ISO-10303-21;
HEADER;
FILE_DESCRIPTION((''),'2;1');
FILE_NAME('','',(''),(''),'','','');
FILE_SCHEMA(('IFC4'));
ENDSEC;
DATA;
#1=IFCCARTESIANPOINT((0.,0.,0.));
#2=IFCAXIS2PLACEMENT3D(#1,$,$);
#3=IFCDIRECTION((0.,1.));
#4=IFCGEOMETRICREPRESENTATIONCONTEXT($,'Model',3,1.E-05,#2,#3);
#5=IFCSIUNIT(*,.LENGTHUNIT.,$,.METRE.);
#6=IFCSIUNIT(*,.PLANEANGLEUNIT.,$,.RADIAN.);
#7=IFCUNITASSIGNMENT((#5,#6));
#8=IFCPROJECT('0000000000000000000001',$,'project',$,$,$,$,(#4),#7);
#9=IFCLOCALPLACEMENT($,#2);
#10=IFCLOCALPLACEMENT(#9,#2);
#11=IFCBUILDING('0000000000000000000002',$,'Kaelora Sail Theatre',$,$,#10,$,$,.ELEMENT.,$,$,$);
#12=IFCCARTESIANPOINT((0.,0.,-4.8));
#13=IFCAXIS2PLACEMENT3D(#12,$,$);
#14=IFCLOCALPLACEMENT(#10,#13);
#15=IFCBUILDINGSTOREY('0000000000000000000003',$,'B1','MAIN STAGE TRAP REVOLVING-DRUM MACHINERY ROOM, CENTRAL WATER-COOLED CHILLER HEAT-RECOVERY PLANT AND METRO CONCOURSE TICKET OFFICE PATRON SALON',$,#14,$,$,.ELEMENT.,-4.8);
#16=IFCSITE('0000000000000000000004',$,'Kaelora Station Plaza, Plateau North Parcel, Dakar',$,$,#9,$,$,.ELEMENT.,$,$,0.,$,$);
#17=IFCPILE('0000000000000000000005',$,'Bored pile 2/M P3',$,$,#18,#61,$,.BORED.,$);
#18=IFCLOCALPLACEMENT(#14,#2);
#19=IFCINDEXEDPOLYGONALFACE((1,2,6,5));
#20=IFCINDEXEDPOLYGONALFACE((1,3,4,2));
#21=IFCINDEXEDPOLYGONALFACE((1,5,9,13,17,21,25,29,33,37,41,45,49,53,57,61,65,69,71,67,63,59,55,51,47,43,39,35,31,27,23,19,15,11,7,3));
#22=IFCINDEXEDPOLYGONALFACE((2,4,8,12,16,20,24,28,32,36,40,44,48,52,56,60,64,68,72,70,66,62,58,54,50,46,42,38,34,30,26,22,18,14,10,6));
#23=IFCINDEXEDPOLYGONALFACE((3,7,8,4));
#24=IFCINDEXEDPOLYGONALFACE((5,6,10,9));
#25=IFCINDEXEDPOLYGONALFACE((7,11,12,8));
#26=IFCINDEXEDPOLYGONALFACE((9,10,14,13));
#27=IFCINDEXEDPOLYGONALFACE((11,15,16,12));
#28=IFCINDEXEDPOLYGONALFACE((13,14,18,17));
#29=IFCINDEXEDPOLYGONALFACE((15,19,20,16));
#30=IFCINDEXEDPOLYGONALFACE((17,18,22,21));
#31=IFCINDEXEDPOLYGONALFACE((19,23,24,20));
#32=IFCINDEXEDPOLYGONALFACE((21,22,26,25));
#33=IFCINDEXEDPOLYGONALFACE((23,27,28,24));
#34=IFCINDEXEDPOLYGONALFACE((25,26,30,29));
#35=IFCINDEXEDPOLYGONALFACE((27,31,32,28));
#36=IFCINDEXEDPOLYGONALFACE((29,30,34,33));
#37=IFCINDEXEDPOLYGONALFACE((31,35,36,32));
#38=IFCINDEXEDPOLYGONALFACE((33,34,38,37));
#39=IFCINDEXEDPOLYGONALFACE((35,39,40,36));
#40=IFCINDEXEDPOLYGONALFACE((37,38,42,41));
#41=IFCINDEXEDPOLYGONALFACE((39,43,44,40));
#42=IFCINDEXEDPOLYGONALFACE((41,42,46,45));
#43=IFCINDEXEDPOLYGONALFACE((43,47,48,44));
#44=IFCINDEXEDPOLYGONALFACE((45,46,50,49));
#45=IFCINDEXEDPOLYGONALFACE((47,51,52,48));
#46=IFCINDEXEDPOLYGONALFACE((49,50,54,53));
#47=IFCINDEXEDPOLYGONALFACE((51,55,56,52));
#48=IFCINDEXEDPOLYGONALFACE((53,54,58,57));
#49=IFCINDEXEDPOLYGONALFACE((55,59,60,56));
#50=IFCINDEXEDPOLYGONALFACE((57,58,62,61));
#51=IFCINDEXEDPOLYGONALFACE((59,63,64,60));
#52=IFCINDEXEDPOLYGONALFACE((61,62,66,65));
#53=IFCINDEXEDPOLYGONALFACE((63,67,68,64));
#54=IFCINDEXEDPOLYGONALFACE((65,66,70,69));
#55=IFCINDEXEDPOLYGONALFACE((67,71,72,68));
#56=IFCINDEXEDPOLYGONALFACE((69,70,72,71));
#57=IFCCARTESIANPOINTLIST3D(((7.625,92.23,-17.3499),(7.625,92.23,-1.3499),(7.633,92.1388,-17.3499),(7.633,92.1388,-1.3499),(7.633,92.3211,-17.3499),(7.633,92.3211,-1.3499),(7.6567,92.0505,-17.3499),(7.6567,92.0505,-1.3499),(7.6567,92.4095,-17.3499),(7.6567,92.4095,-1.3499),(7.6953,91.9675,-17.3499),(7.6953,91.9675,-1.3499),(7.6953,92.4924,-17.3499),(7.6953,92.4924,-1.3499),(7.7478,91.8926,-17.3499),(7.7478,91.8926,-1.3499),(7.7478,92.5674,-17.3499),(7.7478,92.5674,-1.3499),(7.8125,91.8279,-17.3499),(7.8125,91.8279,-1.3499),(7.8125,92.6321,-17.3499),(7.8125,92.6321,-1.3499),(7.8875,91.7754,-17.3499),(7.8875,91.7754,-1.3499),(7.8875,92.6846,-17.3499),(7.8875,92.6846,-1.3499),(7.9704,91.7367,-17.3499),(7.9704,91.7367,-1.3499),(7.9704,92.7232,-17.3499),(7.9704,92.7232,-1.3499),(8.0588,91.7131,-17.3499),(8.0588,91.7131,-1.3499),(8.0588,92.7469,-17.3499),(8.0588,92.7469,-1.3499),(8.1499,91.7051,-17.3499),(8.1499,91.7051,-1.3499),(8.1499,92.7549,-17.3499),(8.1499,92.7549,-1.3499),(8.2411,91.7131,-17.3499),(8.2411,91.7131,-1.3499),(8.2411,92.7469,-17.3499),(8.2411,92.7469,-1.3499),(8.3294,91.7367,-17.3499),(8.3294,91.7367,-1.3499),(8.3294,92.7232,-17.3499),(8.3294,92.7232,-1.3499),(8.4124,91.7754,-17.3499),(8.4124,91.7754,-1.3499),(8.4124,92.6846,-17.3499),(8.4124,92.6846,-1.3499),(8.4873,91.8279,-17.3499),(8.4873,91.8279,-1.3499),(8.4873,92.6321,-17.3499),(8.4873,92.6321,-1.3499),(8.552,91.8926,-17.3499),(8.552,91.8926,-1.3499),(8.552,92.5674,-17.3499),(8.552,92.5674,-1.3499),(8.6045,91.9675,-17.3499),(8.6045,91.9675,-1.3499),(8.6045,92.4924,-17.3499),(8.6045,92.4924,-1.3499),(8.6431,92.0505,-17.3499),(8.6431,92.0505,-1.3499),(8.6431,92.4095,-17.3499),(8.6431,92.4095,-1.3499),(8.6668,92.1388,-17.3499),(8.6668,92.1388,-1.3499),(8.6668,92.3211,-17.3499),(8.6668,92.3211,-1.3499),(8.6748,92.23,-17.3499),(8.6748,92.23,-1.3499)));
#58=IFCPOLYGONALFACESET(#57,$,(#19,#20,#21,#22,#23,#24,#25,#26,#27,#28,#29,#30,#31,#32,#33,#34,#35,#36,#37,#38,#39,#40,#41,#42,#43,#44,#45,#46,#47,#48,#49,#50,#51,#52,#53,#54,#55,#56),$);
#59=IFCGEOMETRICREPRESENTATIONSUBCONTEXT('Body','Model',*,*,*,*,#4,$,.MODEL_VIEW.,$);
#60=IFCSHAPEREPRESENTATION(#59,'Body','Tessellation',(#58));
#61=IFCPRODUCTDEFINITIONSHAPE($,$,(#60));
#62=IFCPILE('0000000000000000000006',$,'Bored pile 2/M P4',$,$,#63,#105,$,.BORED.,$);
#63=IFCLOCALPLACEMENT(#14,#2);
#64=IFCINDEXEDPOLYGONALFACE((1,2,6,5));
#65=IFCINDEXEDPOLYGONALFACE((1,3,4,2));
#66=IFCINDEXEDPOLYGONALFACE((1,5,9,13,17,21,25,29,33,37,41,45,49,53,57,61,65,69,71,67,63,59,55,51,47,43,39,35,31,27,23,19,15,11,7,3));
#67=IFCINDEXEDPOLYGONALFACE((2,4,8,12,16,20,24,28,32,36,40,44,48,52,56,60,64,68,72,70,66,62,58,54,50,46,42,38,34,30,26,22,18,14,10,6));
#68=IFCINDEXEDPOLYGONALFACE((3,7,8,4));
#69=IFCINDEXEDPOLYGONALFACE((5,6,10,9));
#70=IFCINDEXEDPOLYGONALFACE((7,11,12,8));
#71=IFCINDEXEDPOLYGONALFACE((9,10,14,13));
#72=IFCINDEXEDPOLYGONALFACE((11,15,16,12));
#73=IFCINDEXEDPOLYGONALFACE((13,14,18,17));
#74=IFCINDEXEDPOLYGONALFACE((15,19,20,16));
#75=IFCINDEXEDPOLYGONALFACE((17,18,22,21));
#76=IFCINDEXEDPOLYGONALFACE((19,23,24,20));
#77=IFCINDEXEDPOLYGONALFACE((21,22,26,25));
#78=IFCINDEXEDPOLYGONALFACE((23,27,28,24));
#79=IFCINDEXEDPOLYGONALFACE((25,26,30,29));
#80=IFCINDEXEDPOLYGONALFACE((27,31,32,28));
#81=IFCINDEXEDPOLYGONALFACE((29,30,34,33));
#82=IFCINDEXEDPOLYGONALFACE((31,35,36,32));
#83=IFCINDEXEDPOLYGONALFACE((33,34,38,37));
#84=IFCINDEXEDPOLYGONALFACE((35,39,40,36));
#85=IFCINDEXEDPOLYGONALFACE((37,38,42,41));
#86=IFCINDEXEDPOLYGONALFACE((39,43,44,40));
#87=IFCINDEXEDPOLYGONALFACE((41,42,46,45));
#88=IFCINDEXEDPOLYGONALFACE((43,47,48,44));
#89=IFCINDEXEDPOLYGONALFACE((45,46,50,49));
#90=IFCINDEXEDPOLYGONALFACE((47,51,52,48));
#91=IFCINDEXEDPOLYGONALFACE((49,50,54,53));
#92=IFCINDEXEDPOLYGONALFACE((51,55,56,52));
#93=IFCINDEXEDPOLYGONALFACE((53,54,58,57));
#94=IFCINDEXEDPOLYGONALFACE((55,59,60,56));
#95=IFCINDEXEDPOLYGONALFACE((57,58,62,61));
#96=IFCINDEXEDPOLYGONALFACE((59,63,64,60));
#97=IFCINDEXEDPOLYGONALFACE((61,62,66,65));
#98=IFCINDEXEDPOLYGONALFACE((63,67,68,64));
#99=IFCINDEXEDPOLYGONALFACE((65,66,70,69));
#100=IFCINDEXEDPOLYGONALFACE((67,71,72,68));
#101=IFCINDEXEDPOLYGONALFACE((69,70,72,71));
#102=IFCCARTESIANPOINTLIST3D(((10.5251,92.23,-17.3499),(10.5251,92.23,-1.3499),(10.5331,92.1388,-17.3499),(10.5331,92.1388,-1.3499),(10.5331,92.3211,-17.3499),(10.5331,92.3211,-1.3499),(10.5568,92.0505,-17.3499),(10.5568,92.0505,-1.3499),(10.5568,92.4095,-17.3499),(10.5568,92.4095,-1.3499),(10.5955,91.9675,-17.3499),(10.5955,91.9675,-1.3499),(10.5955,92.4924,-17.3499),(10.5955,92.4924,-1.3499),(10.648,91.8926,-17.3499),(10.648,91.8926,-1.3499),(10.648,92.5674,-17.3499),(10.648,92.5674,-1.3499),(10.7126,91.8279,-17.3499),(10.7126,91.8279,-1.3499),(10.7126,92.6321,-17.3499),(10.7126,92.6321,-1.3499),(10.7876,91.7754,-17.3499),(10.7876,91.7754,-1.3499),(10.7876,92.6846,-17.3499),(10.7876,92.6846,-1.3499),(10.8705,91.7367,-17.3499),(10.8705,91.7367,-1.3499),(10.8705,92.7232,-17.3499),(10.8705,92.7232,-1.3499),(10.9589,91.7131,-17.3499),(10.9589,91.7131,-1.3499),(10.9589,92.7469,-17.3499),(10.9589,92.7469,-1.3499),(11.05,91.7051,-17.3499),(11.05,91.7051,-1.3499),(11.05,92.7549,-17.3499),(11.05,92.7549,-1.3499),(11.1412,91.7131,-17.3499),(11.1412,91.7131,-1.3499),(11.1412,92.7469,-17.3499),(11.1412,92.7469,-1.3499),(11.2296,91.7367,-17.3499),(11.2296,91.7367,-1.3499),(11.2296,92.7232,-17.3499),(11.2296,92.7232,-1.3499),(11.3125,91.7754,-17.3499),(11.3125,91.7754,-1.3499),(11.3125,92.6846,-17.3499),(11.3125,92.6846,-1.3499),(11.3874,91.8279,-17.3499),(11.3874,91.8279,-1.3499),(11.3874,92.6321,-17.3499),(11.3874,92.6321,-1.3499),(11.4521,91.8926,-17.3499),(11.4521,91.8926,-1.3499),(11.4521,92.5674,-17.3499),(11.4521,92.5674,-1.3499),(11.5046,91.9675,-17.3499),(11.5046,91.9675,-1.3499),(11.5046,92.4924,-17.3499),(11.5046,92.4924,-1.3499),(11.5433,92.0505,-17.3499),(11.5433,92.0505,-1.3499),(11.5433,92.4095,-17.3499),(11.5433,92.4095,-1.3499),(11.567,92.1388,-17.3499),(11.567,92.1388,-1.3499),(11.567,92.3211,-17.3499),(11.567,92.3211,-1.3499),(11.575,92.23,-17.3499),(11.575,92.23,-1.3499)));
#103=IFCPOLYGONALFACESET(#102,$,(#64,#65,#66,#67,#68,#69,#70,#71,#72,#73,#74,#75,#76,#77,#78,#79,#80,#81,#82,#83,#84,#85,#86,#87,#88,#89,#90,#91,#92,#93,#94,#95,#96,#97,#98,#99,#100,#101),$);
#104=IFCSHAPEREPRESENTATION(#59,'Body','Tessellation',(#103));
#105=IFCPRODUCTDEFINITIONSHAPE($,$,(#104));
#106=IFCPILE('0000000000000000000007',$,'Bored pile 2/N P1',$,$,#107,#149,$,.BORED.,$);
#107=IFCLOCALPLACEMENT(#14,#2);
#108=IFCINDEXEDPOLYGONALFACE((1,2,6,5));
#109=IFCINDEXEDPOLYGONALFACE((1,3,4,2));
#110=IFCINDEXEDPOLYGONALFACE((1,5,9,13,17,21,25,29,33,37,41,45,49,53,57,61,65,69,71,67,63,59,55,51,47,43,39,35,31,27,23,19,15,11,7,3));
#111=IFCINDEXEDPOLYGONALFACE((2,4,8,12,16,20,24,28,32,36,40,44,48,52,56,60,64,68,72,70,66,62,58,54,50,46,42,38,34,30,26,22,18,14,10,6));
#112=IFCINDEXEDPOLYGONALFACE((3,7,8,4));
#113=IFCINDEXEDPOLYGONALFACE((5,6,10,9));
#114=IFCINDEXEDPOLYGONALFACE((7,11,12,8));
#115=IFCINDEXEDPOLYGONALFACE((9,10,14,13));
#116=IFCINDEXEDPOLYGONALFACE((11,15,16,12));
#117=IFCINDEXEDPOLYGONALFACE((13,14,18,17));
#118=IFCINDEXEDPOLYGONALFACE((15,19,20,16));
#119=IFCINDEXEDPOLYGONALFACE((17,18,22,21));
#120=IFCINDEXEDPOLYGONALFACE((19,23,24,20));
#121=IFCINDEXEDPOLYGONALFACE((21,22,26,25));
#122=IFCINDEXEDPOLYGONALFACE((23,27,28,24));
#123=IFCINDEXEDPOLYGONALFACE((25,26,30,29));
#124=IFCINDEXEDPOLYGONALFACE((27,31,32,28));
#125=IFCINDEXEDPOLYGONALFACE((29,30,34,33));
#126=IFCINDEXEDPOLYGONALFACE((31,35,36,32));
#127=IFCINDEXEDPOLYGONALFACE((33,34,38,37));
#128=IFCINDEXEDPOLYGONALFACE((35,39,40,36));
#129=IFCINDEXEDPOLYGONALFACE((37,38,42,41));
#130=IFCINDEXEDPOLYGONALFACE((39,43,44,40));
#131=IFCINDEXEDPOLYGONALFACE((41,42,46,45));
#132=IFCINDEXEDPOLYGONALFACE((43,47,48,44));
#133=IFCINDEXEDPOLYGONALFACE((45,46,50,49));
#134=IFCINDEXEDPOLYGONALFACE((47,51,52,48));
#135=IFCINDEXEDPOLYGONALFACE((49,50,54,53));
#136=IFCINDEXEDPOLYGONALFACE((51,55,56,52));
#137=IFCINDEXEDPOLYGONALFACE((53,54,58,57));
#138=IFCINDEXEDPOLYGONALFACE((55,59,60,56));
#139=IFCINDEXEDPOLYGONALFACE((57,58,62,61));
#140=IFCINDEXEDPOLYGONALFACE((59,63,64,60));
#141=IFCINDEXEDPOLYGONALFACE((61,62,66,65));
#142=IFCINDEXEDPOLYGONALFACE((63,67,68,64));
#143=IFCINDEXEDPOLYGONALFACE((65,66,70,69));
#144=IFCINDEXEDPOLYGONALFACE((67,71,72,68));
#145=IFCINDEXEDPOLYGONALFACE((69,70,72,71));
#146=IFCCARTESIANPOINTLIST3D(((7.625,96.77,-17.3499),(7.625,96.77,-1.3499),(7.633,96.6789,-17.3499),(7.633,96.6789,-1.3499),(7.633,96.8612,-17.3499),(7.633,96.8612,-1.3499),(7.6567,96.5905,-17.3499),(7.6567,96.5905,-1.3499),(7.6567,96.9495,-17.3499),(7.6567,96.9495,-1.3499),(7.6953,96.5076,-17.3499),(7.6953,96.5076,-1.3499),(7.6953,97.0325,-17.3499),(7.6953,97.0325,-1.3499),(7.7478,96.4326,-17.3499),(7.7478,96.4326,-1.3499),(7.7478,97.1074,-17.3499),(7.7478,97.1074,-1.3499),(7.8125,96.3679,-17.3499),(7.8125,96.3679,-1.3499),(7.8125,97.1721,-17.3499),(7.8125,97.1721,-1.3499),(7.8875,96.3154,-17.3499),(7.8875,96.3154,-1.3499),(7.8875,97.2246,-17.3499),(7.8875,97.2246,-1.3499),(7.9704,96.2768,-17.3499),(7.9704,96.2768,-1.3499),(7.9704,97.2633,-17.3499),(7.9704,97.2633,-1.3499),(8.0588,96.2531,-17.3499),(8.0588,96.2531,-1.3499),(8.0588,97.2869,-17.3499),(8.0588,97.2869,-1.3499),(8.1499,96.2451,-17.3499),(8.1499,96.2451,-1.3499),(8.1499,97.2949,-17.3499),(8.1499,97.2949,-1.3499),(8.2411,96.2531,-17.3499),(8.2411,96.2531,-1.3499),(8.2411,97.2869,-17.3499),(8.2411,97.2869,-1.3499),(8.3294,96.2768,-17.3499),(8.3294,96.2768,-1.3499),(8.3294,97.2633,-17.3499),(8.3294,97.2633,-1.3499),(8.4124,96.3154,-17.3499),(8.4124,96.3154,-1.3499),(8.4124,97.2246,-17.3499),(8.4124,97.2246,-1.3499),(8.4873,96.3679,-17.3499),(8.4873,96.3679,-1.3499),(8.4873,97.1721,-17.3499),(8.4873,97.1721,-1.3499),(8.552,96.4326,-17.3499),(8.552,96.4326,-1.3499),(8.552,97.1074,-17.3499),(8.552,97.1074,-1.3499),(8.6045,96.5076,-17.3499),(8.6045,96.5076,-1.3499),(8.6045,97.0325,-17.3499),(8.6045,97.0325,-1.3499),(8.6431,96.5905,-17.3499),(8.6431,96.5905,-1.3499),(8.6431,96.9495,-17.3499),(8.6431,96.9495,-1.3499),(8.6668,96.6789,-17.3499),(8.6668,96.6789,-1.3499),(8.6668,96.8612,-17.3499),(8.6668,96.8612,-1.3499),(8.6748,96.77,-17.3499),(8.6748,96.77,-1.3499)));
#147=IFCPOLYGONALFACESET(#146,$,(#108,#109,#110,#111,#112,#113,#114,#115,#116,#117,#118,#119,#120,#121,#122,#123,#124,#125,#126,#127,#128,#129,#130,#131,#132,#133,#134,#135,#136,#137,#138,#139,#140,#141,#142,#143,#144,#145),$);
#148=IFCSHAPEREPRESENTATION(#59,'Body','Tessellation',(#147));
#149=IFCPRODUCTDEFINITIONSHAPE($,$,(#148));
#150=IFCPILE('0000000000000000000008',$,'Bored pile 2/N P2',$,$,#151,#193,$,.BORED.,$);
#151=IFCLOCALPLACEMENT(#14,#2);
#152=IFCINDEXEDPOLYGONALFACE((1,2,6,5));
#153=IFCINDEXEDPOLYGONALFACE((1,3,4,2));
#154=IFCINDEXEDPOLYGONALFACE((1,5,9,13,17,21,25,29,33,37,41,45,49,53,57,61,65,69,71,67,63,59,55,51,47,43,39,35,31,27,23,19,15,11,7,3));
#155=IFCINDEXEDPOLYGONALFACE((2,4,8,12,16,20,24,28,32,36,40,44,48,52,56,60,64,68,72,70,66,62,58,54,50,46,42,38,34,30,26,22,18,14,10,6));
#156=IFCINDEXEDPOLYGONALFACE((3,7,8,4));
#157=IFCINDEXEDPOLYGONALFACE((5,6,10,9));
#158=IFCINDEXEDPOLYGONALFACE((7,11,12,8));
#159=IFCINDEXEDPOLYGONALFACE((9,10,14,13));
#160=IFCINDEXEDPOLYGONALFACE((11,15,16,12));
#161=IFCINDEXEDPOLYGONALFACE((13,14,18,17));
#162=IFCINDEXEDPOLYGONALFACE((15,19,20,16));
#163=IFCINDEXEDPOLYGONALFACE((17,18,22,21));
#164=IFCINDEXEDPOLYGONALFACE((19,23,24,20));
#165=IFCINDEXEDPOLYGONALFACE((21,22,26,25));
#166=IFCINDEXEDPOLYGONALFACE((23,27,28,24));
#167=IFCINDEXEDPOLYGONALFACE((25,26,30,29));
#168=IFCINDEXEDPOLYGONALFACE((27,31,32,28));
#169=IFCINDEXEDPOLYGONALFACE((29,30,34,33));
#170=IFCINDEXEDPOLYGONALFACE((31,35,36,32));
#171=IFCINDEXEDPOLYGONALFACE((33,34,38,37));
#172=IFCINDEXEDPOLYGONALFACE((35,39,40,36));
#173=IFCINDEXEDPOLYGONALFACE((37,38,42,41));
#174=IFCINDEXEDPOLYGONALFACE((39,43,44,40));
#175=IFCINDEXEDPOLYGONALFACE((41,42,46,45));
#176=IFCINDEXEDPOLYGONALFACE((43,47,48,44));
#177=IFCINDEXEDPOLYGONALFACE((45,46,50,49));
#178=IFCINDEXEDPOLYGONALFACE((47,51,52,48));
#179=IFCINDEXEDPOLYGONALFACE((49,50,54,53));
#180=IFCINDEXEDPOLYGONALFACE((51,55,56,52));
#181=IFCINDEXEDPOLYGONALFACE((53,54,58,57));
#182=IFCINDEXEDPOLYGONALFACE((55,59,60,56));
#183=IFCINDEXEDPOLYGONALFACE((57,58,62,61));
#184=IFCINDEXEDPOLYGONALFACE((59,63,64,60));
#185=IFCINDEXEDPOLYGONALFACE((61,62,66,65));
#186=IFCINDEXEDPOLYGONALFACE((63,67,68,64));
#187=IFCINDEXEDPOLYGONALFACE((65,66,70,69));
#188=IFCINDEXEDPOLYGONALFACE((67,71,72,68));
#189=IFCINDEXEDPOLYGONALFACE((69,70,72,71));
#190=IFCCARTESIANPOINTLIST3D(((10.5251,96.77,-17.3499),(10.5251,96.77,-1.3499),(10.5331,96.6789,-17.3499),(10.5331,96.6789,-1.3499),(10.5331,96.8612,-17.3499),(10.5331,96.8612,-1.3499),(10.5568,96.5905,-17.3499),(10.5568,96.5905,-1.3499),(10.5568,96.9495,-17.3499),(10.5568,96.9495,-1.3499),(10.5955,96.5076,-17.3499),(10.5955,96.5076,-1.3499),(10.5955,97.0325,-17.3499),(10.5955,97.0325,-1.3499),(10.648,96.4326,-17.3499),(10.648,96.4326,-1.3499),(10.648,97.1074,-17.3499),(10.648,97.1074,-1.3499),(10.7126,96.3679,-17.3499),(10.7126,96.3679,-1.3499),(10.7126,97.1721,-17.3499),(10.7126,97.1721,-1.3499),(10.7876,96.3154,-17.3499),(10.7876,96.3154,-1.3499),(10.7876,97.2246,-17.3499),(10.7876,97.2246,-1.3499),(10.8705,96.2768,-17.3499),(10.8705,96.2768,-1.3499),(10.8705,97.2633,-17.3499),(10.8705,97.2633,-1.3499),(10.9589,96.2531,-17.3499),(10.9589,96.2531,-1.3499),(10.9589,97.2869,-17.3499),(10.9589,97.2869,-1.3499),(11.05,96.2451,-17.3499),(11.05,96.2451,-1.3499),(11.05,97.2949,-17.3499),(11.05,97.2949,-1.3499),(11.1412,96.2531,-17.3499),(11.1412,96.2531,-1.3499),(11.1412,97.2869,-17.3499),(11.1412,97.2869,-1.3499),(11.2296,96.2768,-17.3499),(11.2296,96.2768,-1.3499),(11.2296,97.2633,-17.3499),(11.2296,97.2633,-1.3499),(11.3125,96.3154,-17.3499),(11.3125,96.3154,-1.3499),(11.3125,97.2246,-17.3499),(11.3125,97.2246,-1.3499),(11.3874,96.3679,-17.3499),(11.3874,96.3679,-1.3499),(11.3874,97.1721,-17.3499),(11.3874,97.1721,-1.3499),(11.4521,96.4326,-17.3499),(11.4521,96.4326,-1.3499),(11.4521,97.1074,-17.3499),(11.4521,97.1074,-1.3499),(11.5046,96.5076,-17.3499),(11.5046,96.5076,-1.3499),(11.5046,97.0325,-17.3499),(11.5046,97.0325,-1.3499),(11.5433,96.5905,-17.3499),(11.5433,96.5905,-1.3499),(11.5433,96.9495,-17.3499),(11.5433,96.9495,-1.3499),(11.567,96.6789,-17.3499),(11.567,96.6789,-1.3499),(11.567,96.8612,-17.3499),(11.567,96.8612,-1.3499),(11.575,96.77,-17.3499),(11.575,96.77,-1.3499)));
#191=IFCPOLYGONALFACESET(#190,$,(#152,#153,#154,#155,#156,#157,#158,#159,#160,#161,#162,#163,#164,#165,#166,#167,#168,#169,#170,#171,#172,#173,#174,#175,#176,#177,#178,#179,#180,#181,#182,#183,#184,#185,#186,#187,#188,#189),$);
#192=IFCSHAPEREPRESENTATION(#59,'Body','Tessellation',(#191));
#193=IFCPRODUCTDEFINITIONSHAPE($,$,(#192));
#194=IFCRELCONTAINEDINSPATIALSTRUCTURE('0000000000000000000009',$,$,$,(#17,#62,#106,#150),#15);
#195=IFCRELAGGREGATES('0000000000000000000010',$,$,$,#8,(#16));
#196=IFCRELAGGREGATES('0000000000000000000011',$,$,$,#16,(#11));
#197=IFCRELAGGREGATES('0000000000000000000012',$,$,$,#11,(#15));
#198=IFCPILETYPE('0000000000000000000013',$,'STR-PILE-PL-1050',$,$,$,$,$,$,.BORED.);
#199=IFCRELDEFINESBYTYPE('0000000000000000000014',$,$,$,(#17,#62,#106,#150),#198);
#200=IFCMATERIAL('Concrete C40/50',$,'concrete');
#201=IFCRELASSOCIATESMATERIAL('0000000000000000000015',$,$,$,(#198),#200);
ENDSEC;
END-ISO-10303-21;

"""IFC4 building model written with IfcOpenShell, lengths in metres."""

from ifc_helpers import new_model, si_unit, direction, frame, origin, origin_2d, place, context, subcontext, project, spatial, circle, extrude, material, material_profile, profile_set, type_object, element, save


model = new_model("IFC4")

# Units and contexts
model_context = context("Model", 3, precision=1e-05, world=origin(), true_north=direction((0.0, 1.0)))
body_context = subcontext(model_context, "Body", "Model", "MODEL_VIEW")
ifc_project = project(units=[si_unit("LENGTHUNIT", "METRE"), si_unit("PLANEANGLEUNIT", "RADIAN")], contexts=[model_context])

# Site, building, storey
site_placement = place(None, origin())
site = spatial("IfcSite", under=ifc_project, at=site_placement, Name="Kaelora Station Plaza, Plateau North Parcel, Dakar", CompositionType="ELEMENT", RefElevation=0.0)
building_placement = place(site_placement, origin())
building = spatial("IfcBuilding", under=site, at=building_placement, Name="Kaelora Sail Theatre", CompositionType="ELEMENT")
storey_placement = place(building_placement, frame((0.0, 0.0, -4.8)))
storey = spatial("IfcBuildingStorey", under=building, at=storey_placement, Name="B1", Description="MAIN STAGE TRAP REVOLVING-DRUM MACHINERY ROOM, CENTRAL WATER-COOLED CHILLER HEAT-RECOVERY PLANT AND METRO CONCOURSE TICKET OFFICE PATRON SALON", CompositionType="ELEMENT", Elevation=-4.8)

# Piles
ifc_material_1 = material(Name="Concrete C40/50", Category="concrete")
ifc_material_profile_1 = material_profile(ifc_material_1, circle(Radius=0.5249, at=origin_2d()), Name="PILE D1050")
ifc_profile_set_1 = profile_set([ifc_material_profile_1], Name="Concrete C40/50")
pile_type = type_object("IfcPileType", Name="STR-PILE-PL-1050", PredefinedType="BORED", material=ifc_profile_set_1)
for number, where, z_axis, x_axis, name in (
    (1, (8.1499, 92.23, -1.3499), (0.0, 0.0, -1.0), (1.0, 0.0, 0.0), "Bored pile 2/M P3"),
    (2, (11.05, 92.23, -1.3499), (0.0, 0.0, -1.0), (1.0, 0.0, 0.0), "Bored pile 2/M P4"),
    (3, (8.1499, 96.77, -1.3499), (0.0, 0.0, -1.0), (1.0, 0.0, 0.0), "Bored pile 2/N P1"),
    (4, (11.05, 96.77, -1.3499), (0.0, 0.0, -1.0), (1.0, 0.0, 0.0), "Bored pile 2/N P2"),
):
    element("IfcPile", number, at=place(storey_placement, frame(where, z_axis=z_axis, x_axis=x_axis)), inside=storey, type_object=pile_type, Name=name, PredefinedType="BORED", context=body_context, shape_type="SweptSolid", body=[
        extrude(circle(Radius=0.5249, at=origin_2d()), origin(), (0.0, 0.0, 1.0), 16.0),
    ])

save(model, "model.ifc")
